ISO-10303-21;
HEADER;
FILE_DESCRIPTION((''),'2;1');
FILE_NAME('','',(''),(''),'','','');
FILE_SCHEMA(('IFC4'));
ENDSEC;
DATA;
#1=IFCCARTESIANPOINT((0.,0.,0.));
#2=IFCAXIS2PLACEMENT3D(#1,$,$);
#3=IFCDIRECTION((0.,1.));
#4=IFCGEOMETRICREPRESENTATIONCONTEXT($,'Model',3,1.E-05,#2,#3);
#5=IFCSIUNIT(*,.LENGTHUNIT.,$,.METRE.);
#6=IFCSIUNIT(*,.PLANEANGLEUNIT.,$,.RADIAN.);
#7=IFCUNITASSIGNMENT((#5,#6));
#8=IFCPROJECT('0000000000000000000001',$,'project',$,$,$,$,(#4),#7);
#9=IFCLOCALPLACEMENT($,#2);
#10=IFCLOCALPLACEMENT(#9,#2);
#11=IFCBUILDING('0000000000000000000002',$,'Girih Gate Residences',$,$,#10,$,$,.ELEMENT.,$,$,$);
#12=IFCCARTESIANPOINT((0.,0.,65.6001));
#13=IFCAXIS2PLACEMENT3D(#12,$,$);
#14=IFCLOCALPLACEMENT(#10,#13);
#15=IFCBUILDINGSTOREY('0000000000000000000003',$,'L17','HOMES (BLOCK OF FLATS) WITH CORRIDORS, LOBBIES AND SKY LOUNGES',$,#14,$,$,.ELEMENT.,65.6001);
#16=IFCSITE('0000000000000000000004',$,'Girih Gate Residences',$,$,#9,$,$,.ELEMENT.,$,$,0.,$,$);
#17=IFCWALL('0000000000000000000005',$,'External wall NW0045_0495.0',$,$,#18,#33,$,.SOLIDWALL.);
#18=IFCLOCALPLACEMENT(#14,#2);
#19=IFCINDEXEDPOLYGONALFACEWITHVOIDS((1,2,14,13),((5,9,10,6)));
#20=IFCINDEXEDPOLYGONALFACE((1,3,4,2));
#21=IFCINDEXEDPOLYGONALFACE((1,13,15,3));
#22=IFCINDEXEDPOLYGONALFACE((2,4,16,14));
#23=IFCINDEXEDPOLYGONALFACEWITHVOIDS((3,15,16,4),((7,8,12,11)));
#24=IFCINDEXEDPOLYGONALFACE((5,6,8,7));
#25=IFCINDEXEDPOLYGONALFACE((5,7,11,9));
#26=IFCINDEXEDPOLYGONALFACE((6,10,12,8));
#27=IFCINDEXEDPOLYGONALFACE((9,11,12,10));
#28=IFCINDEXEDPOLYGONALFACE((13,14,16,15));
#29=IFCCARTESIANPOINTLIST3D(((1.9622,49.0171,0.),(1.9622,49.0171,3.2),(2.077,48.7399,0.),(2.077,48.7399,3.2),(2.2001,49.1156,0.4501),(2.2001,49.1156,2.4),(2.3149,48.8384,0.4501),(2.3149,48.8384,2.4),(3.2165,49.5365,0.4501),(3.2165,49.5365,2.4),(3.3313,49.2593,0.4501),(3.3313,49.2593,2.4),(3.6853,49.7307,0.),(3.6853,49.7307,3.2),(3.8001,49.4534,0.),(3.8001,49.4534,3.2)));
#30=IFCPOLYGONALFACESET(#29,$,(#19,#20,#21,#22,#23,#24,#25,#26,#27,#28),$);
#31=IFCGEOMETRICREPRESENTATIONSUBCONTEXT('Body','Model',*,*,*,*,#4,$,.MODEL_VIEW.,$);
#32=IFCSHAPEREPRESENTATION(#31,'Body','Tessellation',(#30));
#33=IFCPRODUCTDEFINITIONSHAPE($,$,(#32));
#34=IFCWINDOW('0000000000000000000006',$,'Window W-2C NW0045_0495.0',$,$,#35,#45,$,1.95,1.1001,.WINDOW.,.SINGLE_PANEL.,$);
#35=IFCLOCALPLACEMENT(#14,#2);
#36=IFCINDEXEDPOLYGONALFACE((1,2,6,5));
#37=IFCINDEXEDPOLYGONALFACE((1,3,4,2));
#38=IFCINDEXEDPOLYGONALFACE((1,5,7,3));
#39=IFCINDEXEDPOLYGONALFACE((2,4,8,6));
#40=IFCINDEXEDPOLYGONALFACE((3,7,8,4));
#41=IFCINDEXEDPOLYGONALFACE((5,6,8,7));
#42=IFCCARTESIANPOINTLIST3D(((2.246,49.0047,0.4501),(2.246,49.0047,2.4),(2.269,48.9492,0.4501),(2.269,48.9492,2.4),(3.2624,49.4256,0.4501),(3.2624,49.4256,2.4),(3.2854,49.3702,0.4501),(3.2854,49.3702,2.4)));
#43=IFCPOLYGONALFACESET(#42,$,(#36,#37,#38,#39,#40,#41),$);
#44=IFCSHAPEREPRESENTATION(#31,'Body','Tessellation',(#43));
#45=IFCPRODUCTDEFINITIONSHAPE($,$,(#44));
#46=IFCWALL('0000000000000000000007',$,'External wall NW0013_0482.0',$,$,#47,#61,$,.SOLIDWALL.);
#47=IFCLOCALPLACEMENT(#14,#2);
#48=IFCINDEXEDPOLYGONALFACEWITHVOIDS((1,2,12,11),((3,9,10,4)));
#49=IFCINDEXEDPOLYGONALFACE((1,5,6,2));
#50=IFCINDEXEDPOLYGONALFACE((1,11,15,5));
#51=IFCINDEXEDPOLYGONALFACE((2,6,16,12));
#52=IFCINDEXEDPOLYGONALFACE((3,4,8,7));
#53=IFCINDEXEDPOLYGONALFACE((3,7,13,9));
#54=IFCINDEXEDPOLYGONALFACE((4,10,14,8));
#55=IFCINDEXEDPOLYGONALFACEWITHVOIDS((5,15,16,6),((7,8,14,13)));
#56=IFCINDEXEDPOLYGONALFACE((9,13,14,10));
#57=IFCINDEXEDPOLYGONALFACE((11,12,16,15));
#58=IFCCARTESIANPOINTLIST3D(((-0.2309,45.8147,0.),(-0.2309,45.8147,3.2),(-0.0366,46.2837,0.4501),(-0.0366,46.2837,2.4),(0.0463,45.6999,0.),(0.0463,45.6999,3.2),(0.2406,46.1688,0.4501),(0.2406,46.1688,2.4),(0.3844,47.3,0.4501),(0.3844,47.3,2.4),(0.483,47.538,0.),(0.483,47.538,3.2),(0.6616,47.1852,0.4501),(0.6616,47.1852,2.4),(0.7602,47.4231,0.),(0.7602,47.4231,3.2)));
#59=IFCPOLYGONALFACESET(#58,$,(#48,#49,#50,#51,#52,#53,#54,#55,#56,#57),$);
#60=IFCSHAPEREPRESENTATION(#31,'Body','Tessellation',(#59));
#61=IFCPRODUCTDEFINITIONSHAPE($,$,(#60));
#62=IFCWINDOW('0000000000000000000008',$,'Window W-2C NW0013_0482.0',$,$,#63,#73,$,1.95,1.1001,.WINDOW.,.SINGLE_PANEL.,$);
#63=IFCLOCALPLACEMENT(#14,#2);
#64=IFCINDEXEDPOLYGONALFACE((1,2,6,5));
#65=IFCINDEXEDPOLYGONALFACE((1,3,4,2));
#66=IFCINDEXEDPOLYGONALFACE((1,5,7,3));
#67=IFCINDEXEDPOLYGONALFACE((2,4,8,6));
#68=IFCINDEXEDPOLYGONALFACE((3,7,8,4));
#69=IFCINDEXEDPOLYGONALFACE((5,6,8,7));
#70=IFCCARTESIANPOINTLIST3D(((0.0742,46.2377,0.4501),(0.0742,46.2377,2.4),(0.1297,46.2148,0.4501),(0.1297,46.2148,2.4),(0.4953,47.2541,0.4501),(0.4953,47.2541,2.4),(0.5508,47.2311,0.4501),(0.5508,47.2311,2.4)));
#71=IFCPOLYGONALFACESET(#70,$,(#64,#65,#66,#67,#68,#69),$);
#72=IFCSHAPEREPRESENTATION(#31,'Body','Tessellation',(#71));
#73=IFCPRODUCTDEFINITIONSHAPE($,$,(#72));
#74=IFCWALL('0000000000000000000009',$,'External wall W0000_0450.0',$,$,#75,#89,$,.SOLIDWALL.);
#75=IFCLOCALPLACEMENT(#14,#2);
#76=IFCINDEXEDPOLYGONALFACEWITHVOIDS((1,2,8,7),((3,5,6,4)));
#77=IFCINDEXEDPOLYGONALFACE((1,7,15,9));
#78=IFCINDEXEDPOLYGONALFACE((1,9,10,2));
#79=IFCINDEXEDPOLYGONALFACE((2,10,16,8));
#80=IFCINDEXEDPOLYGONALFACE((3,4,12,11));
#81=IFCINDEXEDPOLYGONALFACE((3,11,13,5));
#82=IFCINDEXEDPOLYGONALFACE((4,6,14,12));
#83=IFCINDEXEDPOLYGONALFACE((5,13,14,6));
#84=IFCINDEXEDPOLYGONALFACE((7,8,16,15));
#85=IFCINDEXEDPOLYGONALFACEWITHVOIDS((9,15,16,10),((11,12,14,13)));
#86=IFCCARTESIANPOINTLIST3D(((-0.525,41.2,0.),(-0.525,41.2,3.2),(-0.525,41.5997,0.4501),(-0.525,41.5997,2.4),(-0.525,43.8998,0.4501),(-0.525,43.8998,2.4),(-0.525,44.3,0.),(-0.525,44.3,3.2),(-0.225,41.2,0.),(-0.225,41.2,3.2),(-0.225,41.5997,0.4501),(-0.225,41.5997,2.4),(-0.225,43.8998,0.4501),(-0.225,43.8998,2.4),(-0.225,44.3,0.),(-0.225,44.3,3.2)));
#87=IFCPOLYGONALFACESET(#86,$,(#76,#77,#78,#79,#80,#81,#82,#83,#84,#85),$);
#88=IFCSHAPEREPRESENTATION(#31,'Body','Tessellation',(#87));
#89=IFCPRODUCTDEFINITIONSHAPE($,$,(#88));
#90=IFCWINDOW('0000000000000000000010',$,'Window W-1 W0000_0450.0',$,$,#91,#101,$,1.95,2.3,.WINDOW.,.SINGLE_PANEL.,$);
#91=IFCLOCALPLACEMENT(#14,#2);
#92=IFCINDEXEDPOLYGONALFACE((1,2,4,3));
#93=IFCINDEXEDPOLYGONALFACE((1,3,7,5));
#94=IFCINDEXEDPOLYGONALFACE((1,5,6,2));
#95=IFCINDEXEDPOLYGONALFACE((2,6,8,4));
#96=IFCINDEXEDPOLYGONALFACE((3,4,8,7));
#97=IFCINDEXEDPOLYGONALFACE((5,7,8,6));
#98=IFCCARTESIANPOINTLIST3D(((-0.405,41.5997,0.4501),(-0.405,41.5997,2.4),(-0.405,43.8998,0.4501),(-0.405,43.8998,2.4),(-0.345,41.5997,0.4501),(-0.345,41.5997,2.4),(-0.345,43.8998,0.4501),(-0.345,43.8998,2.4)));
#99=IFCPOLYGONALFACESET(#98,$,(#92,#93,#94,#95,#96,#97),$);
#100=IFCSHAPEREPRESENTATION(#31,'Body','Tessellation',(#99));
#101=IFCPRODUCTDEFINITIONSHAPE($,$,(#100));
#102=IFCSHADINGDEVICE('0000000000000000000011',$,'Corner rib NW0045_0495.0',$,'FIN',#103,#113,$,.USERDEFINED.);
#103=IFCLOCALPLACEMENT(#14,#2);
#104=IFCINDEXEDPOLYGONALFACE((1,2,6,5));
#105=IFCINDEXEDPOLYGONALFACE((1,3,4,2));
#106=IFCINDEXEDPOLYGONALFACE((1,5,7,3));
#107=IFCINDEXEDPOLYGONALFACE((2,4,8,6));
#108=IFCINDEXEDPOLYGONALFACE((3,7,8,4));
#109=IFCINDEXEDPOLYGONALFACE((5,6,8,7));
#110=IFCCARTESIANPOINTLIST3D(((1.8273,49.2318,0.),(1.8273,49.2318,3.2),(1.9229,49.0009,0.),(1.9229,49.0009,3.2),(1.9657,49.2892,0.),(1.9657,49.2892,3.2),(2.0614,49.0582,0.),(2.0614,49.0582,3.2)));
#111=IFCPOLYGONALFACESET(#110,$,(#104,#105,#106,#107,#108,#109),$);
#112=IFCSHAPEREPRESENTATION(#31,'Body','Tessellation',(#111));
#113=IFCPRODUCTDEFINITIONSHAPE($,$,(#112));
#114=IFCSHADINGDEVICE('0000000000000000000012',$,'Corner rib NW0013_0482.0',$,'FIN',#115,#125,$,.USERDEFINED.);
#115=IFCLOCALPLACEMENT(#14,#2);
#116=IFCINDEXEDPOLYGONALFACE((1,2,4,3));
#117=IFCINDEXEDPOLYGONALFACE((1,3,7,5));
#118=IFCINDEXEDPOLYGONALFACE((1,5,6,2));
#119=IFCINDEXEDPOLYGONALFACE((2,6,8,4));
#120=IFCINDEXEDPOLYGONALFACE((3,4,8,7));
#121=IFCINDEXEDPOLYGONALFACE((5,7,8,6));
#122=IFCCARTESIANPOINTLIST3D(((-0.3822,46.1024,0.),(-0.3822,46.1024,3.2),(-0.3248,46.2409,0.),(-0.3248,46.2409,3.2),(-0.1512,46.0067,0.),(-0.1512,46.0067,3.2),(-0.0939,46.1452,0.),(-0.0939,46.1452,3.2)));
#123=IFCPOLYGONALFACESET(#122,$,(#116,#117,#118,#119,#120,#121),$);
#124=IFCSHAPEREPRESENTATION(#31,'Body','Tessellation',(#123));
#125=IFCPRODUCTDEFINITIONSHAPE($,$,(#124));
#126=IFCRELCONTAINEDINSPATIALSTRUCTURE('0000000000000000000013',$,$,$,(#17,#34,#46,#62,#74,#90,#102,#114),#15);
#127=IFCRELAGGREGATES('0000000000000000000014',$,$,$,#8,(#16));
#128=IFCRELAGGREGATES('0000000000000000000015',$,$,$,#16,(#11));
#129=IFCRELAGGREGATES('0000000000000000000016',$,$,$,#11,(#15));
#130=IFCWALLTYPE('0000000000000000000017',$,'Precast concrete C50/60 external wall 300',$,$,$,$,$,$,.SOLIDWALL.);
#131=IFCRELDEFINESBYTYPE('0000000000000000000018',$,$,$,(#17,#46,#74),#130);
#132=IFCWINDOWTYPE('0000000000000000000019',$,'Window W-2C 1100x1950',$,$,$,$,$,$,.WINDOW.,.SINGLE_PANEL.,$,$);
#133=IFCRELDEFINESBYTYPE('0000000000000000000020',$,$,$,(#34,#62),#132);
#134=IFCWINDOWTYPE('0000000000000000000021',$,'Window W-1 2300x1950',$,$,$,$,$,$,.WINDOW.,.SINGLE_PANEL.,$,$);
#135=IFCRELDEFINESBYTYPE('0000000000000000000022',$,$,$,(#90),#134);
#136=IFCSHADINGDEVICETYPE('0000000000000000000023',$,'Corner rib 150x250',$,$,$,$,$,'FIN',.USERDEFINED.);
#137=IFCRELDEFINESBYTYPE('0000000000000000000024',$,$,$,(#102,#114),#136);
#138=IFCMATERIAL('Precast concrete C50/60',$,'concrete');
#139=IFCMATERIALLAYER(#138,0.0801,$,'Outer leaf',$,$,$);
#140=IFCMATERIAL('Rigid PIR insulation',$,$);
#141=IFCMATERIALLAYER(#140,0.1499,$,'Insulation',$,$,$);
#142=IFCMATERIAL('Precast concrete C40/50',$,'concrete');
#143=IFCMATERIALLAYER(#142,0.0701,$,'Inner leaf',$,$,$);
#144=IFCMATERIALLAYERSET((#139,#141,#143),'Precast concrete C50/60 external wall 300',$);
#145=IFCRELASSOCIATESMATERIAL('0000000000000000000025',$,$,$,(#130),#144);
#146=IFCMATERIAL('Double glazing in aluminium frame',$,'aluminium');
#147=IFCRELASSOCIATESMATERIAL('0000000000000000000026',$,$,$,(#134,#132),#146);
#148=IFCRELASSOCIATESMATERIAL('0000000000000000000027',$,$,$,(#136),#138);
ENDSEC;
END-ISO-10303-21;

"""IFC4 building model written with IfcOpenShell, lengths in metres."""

from ifc_helpers import new_model, si_unit, direction, frame, frame_2d, origin, origin_2d, place, context, subcontext, project, spatial, rectangle, extrude, material, layer, layer_set, type_object, element, fill, save


model = new_model("IFC4")

# Units and contexts
model_context = context("Model", 3, precision=1e-05, world=origin(), true_north=direction((0.0, 1.0)))
body_context = subcontext(model_context, "Body", "Model", "MODEL_VIEW")
ifc_project = project(units=[si_unit("LENGTHUNIT", "METRE"), si_unit("PLANEANGLEUNIT", "RADIAN")], contexts=[model_context])

# Site, building, storey
site_placement = place(None, origin())
site = spatial("IfcSite", under=ifc_project, at=site_placement, Name="Girih Gate Residences", CompositionType="ELEMENT", RefElevation=0.0)
building_placement = place(site_placement, origin())
building = spatial("IfcBuilding", under=site, at=building_placement, Name="Girih Gate Residences", CompositionType="ELEMENT")
storey_placement = place(building_placement, frame((0.0, 0.0, 65.6001)))
storey = spatial("IfcBuildingStorey", under=building, at=storey_placement, Name="L17", Description="HOMES (BLOCK OF FLATS) WITH CORRIDORS, LOBBIES AND SKY LOUNGES", CompositionType="ELEMENT", Elevation=65.6001)

# Walls, openings, windows
ifc_material_1 = material(Name="Precast concrete C50/60", Category="concrete")
ifc_layer_1 = layer(ifc_material_1, 0.0801, Name="Outer leaf")
ifc_material_2 = material(Name="Rigid PIR insulation")
ifc_layer_2 = layer(ifc_material_2, 0.1499, Name="Insulation")
ifc_material_3 = material(Name="Precast concrete C40/50", Category="concrete")
ifc_layer_3 = layer(ifc_material_3, 0.0701, Name="Inner leaf")
ifc_layer_set_1 = layer_set([ifc_layer_1, ifc_layer_2, ifc_layer_3], Name="Precast concrete C50/60 external wall 300")
wall_type_1 = type_object("IfcWallType", Name="Precast concrete C50/60 external wall 300", PredefinedType="SOLIDWALL", material=ifc_layer_set_1)
ifc_material_4 = material(Name="Double glazing in aluminium frame", Category="aluminium")
window_type_1 = type_object("IfcWindowType", Name="Window W-1 2300x1950", PartitioningType="SINGLE_PANEL", PredefinedType="WINDOW", material=ifc_material_4)
wall_1_placement = place(storey_placement, frame((2.0195, 48.8784, 0.0), z_axis=(0.0, 0.0, 1.0), x_axis=(0.923904, 0.382625, 0.0)))
wall_1 = element("IfcWall", 1, at=wall_1_placement, inside=storey, type_object=wall_type_1, Name="External wall NW0045_0495.0", PredefinedType="SOLIDWALL", context=body_context, shape_type="SweptSolid", body=[
    extrude(rectangle(XDim=1.865, YDim=0.3, at=frame_2d((0.9326, 0.0))), origin(), (0.0, 0.0, 1.0), 3.2),
])
opening_1_placement = place(wall_1_placement, frame((0.2576, 0.0, 0.45)))
opening_1 = element("IfcOpeningElement", 2, at=opening_1_placement, cuts=wall_1, PredefinedType="OPENING", context=body_context, shape_type="SweptSolid", body=[
    extrude(rectangle(XDim=1.1001, YDim=1.95, at=frame_2d((0.55, 0.9751))), frame((0.0, 0.1599, 0.0), z_axis=(0.0, -1.0, 0.0), x_axis=(1.0, 0.0, 0.0)), (0.0, 0.0, 1.0), 0.3201),
])
window_type_2 = type_object("IfcWindowType", Name="Window W-2C 1100x1950", PartitioningType="SINGLE_PANEL", PredefinedType="WINDOW", material=ifc_material_4)
window_1_placement = place(opening_1_placement, origin())
window_1 = element("IfcWindow", 3, at=window_1_placement, inside=storey, type_object=window_type_2, Name="Window W-2C NW0045_0495.0", OverallHeight=1.95, OverallWidth=1.1001, PartitioningType="SINGLE_PANEL", PredefinedType="WINDOW", context=body_context, shape_type="SweptSolid", body=[
    extrude(rectangle(XDim=1.1001, YDim=1.95, at=frame_2d((0.55, 0.9751))), frame((0.0, 0.03, 0.0), z_axis=(0.0, -1.0, 0.0), x_axis=(1.0, 0.0, 0.0)), (0.0, 0.0, 1.0), 0.0601),
])
fill(opening_1, window_1)
wall_2_placement = place(storey_placement, frame((-0.0923, 45.7573, 0.0), z_axis=(0.0, 0.0, 1.0), x_axis=(0.382737, 0.923857, 0.0)))
wall_2 = element("IfcWall", 4, at=wall_2_placement, inside=storey, type_object=wall_type_1, Name="External wall NW0013_0482.0", PredefinedType="SOLIDWALL", context=body_context, shape_type="SweptSolid", body=[
    extrude(rectangle(XDim=1.8652, YDim=0.3, at=frame_2d((0.9326, 0.0))), origin(), (0.0, 0.0, 1.0), 3.2),
])
opening_2_placement = place(wall_2_placement, frame((0.5076, 0.0, 0.45)))
opening_2 = element("IfcOpeningElement", 5, at=opening_2_placement, cuts=wall_2, PredefinedType="OPENING", context=body_context, shape_type="SweptSolid", body=[
    extrude(rectangle(XDim=1.1001, YDim=1.95, at=frame_2d((0.55, 0.9751))), frame((0.0, 0.1599, 0.0), z_axis=(0.0, -1.0, 0.0), x_axis=(1.0, 0.0, 0.0)), (0.0, 0.0, 1.0), 0.3201),
])
window_2_placement = place(opening_2_placement, origin())
window_2 = element("IfcWindow", 6, at=window_2_placement, inside=storey, type_object=window_type_2, Name="Window W-2C NW0013_0482.0", OverallHeight=1.95, OverallWidth=1.1001, PartitioningType="SINGLE_PANEL", PredefinedType="WINDOW", context=body_context, shape_type="SweptSolid", body=[
    extrude(rectangle(XDim=1.1001, YDim=1.95, at=frame_2d((0.55, 0.9751))), frame((0.0, 0.03, 0.0), z_axis=(0.0, -1.0, 0.0), x_axis=(1.0, 0.0, 0.0)), (0.0, 0.0, 1.0), 0.0601),
])
fill(opening_2, window_2)
wall_3_placement = place(storey_placement, frame((-0.375, 41.2, 0.0), z_axis=(0.0, 0.0, 1.0), x_axis=(0.0, 1.0, 0.0)))
wall_3 = element("IfcWall", 7, at=wall_3_placement, inside=storey, type_object=wall_type_1, Name="External wall W0000_0450.0", PredefinedType="SOLIDWALL", context=body_context, shape_type="SweptSolid", body=[
    extrude(rectangle(XDim=3.1001, YDim=0.3, at=frame_2d((1.55, 0.0))), origin(), (0.0, 0.0, 1.0), 3.2),
])
opening_3_placement = place(wall_3_placement, frame((0.3999, 0.0, 0.45)))
opening_3 = element("IfcOpeningElement", 8, at=opening_3_placement, cuts=wall_3, PredefinedType="OPENING", context=body_context, shape_type="SweptSolid", body=[
    extrude(rectangle(XDim=2.3, YDim=1.95, at=frame_2d((1.1499, 0.9751))), frame((0.0, 0.1599, 0.0), z_axis=(0.0, -1.0, 0.0), x_axis=(1.0, 0.0, 0.0)), (0.0, 0.0, 1.0), 0.3201),
])
window_3_placement = place(opening_3_placement, origin())
window_3 = element("IfcWindow", 9, at=window_3_placement, inside=storey, type_object=window_type_1, Name="Window W-1 W0000_0450.0", OverallHeight=1.95, OverallWidth=2.3, PartitioningType="SINGLE_PANEL", PredefinedType="WINDOW", context=body_context, shape_type="SweptSolid", body=[
    extrude(rectangle(XDim=2.3, YDim=1.95, at=frame_2d((1.1499, 0.9751))), frame((0.0, 0.03, 0.0), z_axis=(0.0, -1.0, 0.0), x_axis=(1.0, 0.0, 0.0)), (0.0, 0.0, 1.0), 0.0601),
])
fill(opening_3, window_3)

# Shading devices
shading_device_type = type_object("IfcShadingDeviceType", Name="Corner rib 150x250", ElementType="FIN", PredefinedType="USERDEFINED", material=ifc_material_1)
for number, where, z_axis, x_axis, name in (
    (10, (1.9443, 49.145, 0.0), (0.0, 0.0, 1.0), (-0.92388, -0.382683, 0.0), "Corner rib NW0045_0495.0"),
    (11, (-0.238, 46.1238, 0.0), (0.0, 0.0, 1.0), (-0.382683, -0.92388, 0.0), "Corner rib NW0013_0482.0"),
):
    element("IfcShadingDevice", number, at=place(storey_placement, frame(where, z_axis=z_axis, x_axis=x_axis)), inside=storey, type_object=shading_device_type, Name=name, ObjectType="FIN", PredefinedType="USERDEFINED", context=body_context, shape_type="SweptSolid", body=[
        extrude(rectangle(XDim=0.1499, YDim=0.25, at=origin_2d()), origin(), (0.0, 0.0, 1.0), 3.2),
    ])

save(model, "model.ifc")
